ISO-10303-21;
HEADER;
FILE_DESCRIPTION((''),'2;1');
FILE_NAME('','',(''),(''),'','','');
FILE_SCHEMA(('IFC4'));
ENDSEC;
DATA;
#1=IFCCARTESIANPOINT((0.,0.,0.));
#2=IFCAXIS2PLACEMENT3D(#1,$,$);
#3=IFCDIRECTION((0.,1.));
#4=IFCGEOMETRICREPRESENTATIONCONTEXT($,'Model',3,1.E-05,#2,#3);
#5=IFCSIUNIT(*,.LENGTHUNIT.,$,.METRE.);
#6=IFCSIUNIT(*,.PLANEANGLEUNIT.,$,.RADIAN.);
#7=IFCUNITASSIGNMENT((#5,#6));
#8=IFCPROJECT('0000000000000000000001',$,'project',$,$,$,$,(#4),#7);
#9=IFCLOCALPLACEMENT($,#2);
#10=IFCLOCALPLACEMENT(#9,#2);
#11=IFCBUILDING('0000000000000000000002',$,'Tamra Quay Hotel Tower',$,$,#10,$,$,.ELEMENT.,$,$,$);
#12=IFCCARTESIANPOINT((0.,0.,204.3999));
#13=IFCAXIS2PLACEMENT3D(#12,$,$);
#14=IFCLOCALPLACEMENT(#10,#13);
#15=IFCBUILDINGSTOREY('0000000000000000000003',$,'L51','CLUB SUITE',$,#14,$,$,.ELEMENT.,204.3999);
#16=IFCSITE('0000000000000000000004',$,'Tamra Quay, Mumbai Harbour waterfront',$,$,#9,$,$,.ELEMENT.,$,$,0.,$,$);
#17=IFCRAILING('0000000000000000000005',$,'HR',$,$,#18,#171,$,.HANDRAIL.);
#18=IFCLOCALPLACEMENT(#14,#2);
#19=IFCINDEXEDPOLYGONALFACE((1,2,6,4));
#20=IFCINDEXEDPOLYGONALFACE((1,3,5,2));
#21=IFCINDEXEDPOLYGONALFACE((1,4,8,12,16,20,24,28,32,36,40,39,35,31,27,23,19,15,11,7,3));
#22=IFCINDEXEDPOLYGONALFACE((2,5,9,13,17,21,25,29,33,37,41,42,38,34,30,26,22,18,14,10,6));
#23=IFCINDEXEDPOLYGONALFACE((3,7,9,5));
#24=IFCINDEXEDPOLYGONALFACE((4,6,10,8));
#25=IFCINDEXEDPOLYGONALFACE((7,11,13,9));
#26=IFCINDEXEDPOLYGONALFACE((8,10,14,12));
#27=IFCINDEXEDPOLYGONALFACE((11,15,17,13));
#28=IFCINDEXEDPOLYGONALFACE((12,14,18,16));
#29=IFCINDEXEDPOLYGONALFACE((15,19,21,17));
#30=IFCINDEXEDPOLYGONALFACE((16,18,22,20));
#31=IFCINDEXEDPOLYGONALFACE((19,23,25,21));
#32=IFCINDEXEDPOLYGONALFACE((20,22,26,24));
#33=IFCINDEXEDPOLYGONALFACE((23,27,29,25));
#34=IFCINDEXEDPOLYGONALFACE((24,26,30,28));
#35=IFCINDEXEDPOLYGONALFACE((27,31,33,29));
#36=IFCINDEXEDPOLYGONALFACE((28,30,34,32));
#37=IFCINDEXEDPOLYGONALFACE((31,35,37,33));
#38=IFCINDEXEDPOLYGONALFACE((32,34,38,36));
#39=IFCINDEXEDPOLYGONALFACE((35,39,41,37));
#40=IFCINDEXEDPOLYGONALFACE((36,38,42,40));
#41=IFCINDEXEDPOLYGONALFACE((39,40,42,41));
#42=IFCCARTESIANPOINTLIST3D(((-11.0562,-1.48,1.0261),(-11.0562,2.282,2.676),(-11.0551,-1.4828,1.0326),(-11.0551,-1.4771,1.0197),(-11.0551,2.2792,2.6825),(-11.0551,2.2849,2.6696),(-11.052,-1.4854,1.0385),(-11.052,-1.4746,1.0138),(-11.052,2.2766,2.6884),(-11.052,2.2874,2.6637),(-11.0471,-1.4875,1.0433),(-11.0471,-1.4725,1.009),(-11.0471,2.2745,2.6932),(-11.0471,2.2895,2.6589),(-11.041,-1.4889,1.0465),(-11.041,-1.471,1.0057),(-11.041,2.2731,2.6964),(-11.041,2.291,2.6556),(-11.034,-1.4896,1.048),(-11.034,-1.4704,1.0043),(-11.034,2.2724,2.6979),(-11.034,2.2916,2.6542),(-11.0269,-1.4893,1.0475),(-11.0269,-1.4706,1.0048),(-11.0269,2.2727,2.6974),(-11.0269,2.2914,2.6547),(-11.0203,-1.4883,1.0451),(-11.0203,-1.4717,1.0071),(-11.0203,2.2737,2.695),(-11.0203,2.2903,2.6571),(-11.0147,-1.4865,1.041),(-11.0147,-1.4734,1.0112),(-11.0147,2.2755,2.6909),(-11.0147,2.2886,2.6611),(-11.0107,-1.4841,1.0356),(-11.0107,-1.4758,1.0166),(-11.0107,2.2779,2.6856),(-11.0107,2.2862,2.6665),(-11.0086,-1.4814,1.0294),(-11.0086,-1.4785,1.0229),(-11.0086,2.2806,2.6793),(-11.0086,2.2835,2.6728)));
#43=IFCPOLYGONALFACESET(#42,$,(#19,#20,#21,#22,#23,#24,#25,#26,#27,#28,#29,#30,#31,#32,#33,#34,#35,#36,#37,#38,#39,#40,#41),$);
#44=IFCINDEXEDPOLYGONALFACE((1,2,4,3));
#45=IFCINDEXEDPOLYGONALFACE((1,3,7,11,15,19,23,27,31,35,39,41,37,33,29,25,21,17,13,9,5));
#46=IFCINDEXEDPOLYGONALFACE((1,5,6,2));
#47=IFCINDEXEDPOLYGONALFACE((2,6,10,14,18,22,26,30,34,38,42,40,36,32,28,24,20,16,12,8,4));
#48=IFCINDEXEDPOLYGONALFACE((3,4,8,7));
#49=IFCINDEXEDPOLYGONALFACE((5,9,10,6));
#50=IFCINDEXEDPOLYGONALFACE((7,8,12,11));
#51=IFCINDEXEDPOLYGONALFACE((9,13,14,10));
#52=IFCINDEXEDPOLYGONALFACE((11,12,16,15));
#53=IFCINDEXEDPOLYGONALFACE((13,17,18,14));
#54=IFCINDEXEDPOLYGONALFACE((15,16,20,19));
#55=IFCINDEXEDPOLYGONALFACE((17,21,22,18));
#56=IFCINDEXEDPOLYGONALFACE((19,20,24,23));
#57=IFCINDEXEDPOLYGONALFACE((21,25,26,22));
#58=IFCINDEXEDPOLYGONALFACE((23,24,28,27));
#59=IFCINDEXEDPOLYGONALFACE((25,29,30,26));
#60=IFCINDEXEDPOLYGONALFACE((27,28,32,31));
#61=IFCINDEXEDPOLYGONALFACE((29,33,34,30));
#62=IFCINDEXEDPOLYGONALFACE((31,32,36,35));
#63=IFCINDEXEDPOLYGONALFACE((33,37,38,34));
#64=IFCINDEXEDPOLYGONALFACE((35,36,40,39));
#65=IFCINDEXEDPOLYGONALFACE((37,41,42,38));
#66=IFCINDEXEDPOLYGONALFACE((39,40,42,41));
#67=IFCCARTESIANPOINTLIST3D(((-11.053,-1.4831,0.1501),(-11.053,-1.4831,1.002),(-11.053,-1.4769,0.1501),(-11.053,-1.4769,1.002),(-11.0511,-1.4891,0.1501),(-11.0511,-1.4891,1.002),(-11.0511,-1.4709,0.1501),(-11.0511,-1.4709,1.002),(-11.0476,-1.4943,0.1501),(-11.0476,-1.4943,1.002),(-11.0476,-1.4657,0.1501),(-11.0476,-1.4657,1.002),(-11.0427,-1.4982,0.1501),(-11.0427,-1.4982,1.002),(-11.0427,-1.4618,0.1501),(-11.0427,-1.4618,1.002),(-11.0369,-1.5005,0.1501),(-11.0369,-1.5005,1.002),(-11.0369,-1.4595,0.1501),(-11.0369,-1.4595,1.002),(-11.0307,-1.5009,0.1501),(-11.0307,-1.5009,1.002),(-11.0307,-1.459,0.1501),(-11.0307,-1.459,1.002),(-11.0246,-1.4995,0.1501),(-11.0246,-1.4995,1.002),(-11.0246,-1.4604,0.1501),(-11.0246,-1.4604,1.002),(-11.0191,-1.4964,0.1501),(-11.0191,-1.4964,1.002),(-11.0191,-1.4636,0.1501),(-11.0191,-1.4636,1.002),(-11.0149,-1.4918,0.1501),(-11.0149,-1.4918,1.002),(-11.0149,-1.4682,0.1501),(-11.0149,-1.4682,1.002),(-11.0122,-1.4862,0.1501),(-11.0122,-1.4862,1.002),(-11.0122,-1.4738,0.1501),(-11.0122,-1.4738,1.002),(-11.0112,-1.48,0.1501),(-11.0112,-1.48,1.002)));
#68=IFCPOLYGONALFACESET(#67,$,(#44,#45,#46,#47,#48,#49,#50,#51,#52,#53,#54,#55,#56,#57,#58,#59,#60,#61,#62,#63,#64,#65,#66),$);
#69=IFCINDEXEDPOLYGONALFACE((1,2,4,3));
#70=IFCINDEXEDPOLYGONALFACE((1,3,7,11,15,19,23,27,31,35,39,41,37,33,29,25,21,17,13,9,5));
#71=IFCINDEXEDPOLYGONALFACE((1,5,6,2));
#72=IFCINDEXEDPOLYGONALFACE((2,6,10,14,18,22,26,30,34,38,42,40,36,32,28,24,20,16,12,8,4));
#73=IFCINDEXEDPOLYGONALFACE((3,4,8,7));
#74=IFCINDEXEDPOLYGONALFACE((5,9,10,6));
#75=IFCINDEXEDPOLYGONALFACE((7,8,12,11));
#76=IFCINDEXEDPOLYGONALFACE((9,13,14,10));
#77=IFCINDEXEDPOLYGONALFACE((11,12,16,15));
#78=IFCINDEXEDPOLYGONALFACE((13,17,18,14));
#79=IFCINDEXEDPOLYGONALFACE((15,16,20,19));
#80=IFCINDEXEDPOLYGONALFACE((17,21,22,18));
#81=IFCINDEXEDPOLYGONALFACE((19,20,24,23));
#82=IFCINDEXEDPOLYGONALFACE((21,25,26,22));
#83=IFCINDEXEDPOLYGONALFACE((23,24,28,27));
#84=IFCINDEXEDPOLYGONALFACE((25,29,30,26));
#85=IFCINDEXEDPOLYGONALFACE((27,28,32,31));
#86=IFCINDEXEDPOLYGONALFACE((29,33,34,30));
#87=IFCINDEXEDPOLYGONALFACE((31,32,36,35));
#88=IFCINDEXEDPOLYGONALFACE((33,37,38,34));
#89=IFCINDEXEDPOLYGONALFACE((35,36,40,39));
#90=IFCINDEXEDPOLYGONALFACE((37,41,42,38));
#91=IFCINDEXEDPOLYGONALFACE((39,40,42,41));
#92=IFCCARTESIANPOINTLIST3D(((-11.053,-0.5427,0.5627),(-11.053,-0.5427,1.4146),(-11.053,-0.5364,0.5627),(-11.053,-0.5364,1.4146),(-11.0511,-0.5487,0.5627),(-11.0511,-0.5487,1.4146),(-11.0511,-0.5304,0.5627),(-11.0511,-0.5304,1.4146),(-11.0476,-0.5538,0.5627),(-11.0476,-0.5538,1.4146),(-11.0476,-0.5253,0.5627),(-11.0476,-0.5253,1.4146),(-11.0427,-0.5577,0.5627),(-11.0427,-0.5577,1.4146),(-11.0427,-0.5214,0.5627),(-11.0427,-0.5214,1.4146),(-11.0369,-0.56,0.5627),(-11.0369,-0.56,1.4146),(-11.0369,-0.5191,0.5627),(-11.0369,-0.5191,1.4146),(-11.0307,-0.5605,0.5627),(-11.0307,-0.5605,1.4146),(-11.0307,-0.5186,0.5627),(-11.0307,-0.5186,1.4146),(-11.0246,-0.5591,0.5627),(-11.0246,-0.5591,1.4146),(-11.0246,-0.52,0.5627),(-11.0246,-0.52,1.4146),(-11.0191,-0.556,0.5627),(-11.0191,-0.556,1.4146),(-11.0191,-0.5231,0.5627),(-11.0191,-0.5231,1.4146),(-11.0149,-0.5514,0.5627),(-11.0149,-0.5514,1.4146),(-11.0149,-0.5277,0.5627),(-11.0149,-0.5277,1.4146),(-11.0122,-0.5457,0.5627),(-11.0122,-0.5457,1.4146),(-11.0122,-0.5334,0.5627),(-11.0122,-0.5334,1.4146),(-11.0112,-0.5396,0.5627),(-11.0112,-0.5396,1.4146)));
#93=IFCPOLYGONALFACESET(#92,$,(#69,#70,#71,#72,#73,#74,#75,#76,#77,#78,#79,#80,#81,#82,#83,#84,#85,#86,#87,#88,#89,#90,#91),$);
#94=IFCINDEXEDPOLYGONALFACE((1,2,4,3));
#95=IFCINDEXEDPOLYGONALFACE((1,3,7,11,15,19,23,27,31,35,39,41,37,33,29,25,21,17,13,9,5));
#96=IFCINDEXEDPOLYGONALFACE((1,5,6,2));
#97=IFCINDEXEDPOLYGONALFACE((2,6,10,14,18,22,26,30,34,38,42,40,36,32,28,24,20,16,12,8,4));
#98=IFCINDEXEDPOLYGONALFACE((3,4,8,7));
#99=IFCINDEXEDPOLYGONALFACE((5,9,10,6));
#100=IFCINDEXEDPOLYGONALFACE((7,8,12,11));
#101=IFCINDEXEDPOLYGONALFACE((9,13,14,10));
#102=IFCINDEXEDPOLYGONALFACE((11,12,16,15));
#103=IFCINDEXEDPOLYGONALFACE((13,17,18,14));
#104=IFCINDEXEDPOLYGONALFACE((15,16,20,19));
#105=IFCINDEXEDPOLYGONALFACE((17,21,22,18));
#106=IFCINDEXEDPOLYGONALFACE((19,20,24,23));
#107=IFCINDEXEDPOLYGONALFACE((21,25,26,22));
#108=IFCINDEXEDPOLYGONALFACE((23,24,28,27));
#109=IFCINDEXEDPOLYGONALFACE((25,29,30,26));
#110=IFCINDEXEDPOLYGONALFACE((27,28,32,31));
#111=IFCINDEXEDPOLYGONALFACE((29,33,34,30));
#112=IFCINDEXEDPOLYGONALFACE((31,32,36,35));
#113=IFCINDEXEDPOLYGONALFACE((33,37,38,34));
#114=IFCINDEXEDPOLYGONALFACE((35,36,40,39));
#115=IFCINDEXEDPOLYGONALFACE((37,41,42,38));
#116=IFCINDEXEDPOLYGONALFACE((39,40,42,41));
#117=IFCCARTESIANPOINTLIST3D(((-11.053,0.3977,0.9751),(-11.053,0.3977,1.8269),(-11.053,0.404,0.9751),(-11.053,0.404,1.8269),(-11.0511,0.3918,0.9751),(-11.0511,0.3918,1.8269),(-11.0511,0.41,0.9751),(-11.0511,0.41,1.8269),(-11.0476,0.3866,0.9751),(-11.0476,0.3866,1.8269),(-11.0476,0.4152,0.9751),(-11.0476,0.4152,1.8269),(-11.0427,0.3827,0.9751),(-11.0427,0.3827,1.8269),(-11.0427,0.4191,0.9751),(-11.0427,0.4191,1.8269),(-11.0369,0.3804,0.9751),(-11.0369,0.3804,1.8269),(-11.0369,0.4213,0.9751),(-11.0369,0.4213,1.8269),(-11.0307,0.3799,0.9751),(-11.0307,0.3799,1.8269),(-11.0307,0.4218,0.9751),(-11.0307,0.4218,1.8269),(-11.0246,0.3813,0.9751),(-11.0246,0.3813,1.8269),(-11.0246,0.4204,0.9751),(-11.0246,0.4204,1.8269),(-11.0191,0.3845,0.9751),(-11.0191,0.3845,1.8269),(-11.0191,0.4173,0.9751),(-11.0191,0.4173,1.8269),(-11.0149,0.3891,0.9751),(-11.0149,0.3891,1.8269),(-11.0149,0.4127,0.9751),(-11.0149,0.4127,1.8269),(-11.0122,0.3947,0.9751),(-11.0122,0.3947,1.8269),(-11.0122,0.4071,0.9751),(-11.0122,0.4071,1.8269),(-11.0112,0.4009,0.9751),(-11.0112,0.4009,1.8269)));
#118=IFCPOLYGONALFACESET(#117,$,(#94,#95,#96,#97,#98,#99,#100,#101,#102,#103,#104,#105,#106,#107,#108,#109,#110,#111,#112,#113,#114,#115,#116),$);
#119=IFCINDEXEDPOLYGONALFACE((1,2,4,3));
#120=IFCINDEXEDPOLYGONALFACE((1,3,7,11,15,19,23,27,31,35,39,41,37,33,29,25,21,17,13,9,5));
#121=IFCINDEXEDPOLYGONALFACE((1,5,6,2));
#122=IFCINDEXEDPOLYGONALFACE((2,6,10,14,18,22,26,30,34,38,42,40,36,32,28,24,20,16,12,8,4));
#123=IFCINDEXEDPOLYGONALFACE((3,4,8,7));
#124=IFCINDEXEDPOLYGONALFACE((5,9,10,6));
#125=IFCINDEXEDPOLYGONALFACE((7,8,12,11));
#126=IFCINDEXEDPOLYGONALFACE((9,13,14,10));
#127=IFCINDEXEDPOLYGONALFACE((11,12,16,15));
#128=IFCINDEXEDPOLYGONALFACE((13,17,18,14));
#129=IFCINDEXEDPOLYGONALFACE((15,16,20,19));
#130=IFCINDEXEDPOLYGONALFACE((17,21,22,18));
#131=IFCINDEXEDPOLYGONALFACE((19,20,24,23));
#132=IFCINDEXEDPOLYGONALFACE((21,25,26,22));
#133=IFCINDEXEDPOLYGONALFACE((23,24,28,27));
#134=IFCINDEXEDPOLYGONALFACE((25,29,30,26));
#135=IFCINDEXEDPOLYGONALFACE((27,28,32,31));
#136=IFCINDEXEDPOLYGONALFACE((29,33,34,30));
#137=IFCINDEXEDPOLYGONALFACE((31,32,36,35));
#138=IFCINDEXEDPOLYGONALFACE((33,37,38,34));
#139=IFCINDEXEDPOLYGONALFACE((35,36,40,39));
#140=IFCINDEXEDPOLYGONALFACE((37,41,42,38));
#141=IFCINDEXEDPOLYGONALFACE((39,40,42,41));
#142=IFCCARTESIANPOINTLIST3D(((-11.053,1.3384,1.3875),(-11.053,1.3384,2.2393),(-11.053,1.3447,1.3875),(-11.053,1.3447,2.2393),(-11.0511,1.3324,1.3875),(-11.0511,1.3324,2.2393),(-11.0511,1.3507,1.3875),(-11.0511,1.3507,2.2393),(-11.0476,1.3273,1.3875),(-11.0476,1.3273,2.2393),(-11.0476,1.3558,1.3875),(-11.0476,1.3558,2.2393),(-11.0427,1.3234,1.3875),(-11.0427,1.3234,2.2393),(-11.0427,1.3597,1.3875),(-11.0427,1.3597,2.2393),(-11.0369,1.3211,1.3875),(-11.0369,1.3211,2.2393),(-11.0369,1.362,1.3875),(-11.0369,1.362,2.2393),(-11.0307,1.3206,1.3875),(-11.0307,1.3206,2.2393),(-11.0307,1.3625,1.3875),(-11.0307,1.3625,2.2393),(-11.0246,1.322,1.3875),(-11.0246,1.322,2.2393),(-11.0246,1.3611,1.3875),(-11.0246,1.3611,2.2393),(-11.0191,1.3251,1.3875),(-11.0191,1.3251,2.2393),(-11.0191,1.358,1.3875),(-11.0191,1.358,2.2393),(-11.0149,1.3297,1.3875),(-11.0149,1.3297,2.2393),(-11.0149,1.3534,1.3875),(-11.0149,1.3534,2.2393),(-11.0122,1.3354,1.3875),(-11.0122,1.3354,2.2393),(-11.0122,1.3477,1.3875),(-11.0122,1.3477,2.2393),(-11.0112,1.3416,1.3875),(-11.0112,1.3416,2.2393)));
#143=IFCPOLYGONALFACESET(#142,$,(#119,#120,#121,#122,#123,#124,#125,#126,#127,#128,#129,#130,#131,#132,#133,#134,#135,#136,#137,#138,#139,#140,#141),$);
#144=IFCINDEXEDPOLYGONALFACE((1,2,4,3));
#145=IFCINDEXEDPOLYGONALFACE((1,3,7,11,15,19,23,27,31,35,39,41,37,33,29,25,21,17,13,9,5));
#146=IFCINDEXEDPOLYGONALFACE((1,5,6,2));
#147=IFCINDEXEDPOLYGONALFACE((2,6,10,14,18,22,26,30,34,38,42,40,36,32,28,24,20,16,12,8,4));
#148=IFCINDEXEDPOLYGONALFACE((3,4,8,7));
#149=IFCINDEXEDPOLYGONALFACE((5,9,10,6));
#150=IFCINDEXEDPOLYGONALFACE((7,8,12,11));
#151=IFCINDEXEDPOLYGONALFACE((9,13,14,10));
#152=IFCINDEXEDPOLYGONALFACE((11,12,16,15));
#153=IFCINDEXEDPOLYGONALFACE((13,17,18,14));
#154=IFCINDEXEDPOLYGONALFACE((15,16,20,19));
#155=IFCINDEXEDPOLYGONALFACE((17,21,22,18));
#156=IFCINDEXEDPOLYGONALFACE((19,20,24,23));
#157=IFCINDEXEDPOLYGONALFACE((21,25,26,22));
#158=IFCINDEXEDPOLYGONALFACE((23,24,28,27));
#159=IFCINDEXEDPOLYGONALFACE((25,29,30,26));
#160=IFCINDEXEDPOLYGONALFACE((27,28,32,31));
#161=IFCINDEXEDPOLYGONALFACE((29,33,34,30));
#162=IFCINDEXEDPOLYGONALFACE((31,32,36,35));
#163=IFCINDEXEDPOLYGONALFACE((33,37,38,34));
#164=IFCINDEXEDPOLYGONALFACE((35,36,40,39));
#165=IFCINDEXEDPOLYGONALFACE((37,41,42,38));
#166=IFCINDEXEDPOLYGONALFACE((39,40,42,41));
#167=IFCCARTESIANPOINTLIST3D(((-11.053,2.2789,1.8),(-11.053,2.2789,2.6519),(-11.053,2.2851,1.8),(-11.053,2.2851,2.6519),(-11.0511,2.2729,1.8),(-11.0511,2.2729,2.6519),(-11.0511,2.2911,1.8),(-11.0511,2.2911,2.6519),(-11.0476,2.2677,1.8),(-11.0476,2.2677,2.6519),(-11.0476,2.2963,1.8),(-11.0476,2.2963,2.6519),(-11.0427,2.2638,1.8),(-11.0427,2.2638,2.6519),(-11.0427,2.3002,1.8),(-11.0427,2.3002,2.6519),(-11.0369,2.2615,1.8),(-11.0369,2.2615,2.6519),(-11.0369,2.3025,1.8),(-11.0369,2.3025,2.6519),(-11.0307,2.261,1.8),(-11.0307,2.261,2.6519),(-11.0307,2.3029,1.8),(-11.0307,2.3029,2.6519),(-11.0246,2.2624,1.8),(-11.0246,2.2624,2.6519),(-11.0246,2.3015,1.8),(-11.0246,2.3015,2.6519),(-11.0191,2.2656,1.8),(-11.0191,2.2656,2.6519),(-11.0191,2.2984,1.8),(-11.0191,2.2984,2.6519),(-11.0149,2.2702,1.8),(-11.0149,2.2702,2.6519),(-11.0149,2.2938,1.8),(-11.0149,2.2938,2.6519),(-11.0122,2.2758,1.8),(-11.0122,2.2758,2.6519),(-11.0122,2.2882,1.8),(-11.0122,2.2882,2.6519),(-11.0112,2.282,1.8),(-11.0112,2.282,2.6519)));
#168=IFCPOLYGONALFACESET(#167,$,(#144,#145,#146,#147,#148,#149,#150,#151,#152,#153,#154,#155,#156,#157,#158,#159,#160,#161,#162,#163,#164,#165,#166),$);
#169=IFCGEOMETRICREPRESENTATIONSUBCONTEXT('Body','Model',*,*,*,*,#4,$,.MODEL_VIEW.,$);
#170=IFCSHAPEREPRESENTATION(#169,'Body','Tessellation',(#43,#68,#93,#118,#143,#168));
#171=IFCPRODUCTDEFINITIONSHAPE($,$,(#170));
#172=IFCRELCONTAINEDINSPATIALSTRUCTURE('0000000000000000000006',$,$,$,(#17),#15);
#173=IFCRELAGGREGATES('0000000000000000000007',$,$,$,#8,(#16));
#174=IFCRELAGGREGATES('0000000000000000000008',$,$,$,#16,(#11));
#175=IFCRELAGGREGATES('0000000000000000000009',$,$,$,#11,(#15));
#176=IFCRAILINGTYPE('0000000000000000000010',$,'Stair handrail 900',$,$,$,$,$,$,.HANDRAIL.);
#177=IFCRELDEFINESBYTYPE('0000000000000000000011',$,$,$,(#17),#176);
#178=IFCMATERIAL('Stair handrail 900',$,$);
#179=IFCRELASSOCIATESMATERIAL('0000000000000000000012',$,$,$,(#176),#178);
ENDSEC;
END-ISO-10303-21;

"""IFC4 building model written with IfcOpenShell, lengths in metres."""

from ifc_helpers import new_model, si_unit, direction, frame, origin, origin_2d, place, context, subcontext, project, spatial, circle, extrude, material, type_object, element, save


model = new_model("IFC4")

# Units and contexts
model_context = context("Model", 3, precision=1e-05, world=origin(), true_north=direction((0.0, 1.0)))
body_context = subcontext(model_context, "Body", "Model", "MODEL_VIEW")
ifc_project = project(units=[si_unit("LENGTHUNIT", "METRE"), si_unit("PLANEANGLEUNIT", "RADIAN")], contexts=[model_context])

# Site, building, storey
site_placement = place(None, origin())
site = spatial("IfcSite", under=ifc_project, at=site_placement, Name="Tamra Quay, Mumbai Harbour waterfront", CompositionType="ELEMENT", RefElevation=0.0)
building_placement = place(site_placement, origin())
building = spatial("IfcBuilding", under=site, at=building_placement, Name="Tamra Quay Hotel Tower", CompositionType="ELEMENT")
storey_placement = place(building_placement, frame((0.0, 0.0, 204.3999)))
storey = spatial("IfcBuildingStorey", under=building, at=storey_placement, Name="L51", Description="CLUB SUITE", CompositionType="ELEMENT", Elevation=204.3999)

# Railing
ifc_material_1 = material(Name="Stair handrail 900")
railing_type = type_object("IfcRailingType", Name="Stair handrail 900", PredefinedType="HANDRAIL", material=ifc_material_1)
railing_placement = place(storey_placement, frame((-11.0322, -1.48, 0.1501)))
element("IfcRailing", 1, at=railing_placement, inside=storey, type_object=railing_type, Name="HR", PredefinedType="HANDRAIL", context=body_context, shape_type="SweptSolid", body=[
    extrude(circle(Radius=0.0239, at=origin_2d()), frame((0.0, 0.0, 0.876), z_axis=(0.0, 0.915795, 0.401645), x_axis=(-1.0, 0.0, 0.0)), (0.0, 0.0, 1.0), 4.1079),
    extrude(circle(Radius=0.021, at=origin_2d()), origin(), (0.0, 0.0, 1.0), 0.8518),
    extrude(circle(Radius=0.021, at=origin_2d()), frame((0.0, 0.9404, 0.4126)), (0.0, 0.0, 1.0), 0.8518),
    extrude(circle(Radius=0.021, at=origin_2d()), frame((0.0, 1.8809, 0.825)), (0.0, 0.0, 1.0), 0.8518),
    extrude(circle(Radius=0.021, at=origin_2d()), frame((0.0, 2.8215, 1.2373)), (0.0, 0.0, 1.0), 0.8518),
    extrude(circle(Radius=0.021, at=origin_2d()), frame((0.0, 3.762, 1.6499)), (0.0, 0.0, 1.0), 0.8518),
])

save(model, "model.ifc")
